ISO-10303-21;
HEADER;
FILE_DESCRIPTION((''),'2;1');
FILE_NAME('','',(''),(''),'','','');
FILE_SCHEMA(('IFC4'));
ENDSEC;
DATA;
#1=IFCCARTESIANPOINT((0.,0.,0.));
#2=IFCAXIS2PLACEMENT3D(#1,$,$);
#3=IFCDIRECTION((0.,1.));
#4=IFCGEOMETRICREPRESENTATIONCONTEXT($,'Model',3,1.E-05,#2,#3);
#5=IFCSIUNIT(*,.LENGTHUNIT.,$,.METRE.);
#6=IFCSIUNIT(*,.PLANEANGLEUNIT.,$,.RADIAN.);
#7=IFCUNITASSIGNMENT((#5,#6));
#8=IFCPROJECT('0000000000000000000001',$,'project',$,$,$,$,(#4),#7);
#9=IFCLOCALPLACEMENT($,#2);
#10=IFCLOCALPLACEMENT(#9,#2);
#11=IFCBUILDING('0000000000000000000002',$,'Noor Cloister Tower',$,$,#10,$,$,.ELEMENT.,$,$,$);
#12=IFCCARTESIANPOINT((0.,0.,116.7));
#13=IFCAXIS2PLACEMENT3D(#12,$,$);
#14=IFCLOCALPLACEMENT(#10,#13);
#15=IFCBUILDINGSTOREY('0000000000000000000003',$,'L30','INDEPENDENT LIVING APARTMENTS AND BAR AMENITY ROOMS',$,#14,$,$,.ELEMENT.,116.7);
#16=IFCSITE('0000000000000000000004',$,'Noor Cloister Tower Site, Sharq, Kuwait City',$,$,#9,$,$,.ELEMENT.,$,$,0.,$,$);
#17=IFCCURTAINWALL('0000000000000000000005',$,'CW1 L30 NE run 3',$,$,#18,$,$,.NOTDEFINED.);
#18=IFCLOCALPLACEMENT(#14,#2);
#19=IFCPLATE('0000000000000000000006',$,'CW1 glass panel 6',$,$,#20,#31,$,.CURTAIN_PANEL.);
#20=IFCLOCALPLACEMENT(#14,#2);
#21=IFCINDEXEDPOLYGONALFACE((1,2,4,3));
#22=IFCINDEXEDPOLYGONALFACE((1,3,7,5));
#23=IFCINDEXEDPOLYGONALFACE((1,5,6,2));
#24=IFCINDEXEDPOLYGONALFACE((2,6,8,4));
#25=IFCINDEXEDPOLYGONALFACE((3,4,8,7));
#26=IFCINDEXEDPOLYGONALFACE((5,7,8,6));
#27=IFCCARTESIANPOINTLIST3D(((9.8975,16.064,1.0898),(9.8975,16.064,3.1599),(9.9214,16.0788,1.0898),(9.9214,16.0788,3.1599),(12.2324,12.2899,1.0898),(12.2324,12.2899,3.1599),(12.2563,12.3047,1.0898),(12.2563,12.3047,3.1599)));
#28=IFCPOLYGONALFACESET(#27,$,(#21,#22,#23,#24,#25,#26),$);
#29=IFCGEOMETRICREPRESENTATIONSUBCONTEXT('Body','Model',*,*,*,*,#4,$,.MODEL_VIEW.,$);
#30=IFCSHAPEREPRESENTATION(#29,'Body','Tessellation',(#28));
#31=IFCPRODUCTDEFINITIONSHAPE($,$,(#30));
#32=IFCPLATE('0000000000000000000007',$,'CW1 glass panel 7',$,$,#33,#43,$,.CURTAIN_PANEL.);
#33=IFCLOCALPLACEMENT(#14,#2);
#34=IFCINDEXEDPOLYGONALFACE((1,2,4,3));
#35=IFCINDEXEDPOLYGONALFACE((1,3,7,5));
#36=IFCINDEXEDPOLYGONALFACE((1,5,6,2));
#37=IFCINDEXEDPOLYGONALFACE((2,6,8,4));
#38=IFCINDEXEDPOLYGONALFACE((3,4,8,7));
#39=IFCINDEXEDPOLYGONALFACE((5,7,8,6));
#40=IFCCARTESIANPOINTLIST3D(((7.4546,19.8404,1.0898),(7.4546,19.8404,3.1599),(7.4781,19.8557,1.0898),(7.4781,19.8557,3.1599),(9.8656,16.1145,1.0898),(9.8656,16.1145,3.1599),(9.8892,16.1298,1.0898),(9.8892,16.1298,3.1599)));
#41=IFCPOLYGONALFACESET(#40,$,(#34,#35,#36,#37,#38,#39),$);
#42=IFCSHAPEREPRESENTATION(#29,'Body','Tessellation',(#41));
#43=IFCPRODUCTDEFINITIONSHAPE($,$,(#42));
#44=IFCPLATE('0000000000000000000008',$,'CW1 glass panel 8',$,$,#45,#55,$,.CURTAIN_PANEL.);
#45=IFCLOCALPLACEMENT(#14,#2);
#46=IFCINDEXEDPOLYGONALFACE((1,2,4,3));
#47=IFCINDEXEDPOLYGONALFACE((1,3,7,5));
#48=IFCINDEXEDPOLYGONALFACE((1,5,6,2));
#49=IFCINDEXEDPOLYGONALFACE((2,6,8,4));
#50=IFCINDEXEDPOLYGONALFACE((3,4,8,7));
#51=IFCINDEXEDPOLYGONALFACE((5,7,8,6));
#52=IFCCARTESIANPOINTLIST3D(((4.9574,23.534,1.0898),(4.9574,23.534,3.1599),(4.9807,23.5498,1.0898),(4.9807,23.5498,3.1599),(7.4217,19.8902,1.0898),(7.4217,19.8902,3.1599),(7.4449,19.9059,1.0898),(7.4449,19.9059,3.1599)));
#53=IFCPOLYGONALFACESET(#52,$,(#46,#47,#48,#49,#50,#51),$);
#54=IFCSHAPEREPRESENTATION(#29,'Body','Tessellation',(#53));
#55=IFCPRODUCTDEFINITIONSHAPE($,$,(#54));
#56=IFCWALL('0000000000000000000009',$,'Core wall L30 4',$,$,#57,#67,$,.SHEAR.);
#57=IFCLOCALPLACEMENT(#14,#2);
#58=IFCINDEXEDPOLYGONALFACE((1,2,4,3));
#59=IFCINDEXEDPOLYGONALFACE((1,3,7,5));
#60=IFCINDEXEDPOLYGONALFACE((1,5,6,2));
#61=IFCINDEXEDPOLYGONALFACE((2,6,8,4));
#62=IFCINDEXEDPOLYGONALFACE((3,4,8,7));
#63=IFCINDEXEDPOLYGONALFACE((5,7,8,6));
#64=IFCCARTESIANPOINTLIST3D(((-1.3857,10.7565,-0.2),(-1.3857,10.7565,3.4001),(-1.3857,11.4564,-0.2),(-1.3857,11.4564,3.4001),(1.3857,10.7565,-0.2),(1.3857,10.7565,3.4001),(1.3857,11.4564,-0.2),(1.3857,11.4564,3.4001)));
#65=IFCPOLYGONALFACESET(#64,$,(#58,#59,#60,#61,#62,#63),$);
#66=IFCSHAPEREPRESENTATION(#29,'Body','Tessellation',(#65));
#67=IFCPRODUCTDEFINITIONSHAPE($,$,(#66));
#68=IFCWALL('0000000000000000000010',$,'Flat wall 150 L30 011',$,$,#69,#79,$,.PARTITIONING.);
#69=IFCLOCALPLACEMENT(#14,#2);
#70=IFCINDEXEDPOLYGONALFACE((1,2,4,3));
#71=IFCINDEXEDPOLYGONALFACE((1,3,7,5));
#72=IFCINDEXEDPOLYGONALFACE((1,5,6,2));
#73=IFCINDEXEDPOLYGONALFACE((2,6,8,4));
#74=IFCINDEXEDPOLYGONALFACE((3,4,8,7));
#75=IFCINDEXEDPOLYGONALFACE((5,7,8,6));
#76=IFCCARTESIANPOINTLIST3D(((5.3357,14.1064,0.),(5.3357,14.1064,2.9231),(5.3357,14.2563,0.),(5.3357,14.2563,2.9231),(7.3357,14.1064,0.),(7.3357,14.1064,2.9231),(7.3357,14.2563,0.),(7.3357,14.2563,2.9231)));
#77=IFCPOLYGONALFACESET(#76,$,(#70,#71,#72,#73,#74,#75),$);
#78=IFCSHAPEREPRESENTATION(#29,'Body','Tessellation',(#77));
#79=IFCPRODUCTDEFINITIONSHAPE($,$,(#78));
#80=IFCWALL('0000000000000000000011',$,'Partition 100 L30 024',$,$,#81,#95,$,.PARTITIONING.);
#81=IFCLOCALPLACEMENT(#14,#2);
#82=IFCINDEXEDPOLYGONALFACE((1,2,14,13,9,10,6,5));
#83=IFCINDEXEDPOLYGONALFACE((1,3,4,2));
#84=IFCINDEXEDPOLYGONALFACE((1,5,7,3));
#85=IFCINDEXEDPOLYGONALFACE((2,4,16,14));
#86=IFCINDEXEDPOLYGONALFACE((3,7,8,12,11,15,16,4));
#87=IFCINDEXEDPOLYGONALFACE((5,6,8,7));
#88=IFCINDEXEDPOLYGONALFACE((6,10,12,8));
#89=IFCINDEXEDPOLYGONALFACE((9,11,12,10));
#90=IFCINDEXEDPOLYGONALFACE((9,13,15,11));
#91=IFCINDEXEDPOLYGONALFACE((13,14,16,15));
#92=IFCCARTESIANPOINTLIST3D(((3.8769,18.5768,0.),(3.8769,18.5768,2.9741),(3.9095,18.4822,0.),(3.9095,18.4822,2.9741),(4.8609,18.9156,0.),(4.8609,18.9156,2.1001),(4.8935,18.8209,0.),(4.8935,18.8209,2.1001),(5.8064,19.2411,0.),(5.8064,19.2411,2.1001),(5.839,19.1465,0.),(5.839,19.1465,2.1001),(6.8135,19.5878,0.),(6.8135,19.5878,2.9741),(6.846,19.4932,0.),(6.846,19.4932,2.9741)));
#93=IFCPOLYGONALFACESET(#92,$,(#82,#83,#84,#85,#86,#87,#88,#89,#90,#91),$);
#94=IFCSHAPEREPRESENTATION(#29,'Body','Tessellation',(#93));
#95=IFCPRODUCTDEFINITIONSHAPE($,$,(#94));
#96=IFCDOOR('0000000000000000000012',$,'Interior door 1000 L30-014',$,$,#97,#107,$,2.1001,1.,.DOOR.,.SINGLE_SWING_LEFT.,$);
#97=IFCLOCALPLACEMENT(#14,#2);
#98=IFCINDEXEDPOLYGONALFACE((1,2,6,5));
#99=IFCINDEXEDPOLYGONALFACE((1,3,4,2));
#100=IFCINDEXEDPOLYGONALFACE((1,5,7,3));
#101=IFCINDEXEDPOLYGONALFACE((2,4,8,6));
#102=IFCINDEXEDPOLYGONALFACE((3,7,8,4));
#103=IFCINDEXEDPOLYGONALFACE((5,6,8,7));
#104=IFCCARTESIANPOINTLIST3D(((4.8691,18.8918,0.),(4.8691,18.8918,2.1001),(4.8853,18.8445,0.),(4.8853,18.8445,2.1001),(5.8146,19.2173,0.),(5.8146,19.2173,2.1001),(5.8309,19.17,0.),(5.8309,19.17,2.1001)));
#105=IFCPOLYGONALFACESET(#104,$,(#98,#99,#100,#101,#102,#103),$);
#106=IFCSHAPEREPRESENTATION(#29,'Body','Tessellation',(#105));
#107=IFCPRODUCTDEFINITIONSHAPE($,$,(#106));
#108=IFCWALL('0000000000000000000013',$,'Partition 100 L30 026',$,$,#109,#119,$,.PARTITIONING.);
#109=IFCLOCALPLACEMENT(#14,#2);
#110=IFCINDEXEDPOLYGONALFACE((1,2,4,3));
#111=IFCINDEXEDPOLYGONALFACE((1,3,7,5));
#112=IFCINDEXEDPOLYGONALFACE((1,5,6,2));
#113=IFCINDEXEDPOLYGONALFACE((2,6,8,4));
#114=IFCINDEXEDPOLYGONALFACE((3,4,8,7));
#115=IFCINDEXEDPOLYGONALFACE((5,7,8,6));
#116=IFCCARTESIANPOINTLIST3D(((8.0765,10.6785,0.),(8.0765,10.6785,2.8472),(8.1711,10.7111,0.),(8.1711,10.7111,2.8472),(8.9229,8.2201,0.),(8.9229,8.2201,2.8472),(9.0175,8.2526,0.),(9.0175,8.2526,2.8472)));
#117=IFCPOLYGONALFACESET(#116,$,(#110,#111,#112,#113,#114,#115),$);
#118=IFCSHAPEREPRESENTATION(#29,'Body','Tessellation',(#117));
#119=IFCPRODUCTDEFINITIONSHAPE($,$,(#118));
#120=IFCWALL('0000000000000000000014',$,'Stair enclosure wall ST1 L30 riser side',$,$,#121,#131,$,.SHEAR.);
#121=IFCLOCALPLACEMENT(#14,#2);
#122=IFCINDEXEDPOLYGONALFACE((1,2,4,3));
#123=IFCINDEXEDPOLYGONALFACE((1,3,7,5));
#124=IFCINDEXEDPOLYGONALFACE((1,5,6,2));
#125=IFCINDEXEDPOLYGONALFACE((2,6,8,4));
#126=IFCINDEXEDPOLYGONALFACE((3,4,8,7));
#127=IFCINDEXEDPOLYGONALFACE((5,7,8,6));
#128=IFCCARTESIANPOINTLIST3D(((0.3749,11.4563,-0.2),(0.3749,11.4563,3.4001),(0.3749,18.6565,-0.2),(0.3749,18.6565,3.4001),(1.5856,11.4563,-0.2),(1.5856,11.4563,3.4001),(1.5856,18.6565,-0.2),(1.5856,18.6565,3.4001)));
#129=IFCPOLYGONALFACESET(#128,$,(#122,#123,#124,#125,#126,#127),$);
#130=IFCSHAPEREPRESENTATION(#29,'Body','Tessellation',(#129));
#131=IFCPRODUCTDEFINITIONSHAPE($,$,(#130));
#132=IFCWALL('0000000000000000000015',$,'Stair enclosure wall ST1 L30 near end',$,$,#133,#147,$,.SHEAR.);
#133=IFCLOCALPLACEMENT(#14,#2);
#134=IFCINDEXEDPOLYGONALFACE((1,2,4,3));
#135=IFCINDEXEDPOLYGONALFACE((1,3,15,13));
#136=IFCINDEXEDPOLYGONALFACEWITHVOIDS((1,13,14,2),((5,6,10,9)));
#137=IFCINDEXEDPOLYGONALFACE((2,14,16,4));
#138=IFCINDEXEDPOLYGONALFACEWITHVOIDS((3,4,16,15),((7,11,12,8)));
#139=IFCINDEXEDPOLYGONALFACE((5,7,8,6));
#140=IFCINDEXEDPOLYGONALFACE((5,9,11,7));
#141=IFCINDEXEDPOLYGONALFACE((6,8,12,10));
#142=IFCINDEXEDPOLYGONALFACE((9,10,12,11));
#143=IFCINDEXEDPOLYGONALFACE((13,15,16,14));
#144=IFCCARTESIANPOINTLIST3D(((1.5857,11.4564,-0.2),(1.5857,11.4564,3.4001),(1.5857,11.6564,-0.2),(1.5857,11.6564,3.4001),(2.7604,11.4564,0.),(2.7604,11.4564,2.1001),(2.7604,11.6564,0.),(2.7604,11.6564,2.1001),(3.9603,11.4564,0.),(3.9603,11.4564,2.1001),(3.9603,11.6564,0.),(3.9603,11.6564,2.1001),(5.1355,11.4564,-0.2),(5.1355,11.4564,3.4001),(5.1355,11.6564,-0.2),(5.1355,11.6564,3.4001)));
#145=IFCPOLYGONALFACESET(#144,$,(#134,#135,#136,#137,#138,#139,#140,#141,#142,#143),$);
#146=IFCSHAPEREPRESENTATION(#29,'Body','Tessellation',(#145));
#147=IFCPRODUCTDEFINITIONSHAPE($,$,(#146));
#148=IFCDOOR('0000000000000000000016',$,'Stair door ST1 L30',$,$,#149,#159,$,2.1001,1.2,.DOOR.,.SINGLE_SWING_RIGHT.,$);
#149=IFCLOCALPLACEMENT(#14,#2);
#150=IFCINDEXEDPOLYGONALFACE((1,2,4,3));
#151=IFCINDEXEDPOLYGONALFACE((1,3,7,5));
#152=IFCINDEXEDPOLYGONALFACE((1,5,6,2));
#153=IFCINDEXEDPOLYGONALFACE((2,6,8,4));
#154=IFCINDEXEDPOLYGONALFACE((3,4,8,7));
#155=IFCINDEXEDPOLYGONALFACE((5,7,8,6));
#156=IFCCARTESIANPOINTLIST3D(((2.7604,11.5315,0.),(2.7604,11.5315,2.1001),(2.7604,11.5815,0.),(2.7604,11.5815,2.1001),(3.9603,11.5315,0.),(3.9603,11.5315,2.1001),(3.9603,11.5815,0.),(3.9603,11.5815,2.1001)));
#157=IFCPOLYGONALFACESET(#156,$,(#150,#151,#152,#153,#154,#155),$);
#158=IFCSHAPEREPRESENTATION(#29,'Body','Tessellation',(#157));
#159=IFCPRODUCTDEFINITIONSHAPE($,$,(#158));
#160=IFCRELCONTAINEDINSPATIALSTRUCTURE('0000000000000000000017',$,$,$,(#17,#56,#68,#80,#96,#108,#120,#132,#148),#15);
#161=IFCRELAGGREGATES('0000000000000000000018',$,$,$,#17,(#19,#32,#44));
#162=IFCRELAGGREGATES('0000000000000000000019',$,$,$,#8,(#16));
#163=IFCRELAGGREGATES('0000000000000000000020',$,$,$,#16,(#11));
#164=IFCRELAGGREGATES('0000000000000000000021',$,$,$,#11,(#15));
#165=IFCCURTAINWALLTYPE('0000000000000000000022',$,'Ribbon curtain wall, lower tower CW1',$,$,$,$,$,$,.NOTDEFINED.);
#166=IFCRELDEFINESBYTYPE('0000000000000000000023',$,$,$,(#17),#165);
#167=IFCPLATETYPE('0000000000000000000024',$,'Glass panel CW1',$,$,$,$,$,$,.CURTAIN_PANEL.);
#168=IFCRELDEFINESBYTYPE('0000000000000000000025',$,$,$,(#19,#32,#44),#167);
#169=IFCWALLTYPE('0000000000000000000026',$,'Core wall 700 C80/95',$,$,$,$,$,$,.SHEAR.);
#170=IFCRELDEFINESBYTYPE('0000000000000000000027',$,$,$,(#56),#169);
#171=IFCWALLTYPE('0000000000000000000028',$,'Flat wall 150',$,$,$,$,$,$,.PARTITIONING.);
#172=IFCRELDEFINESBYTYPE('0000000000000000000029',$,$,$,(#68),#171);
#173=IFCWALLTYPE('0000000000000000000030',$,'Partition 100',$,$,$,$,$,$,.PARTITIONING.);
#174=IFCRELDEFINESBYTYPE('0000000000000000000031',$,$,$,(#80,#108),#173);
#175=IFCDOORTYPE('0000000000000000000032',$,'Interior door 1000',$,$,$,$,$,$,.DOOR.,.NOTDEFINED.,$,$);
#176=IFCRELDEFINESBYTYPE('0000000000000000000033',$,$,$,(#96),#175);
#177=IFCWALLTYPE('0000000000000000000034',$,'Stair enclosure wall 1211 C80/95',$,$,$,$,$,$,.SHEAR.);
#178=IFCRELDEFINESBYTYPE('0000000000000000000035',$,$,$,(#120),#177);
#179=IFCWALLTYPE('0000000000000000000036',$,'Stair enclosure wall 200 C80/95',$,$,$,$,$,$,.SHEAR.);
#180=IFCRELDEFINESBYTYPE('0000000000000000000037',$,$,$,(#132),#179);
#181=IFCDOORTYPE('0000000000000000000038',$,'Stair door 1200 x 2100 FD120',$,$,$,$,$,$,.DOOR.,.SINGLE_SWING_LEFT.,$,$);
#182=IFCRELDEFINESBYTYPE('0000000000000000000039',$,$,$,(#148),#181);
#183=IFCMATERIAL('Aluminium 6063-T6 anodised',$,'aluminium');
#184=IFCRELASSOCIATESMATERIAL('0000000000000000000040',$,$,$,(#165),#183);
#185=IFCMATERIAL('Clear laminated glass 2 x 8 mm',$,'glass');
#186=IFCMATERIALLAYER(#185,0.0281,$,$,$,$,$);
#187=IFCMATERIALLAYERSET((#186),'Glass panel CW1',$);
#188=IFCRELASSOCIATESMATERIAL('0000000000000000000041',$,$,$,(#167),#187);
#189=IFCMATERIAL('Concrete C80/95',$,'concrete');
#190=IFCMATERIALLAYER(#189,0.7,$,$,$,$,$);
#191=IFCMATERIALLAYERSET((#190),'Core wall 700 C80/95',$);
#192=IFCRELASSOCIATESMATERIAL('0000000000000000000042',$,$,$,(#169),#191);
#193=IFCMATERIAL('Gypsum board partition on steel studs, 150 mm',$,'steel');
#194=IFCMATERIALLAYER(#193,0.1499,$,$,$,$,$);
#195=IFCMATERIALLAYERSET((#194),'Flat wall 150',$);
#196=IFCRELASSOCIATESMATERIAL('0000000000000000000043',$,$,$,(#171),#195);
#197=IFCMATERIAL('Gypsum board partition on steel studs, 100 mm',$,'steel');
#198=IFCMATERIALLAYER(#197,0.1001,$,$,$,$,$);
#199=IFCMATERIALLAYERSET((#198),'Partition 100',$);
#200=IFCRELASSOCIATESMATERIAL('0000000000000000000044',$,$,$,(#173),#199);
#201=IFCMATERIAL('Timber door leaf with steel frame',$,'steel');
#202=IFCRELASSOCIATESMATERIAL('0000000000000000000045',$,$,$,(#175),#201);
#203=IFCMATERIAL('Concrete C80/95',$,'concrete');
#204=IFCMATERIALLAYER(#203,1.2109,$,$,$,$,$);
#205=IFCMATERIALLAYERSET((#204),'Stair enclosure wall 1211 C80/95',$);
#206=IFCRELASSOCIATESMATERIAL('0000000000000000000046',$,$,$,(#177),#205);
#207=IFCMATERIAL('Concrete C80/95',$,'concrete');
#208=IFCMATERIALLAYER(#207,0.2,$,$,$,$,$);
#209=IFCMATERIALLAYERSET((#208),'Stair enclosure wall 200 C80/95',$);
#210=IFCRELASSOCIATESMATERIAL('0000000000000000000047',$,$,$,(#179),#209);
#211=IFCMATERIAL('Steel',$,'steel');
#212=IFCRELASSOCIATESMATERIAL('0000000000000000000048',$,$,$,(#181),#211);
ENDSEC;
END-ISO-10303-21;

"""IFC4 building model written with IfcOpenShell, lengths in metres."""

from ifc_helpers import new_model, si_unit, direction, frame, frame_2d, origin, origin_2d, place, context, subcontext, project, spatial, rectangle, extrude, material, layer, layer_set, type_object, element, fill, aggregate, save


model = new_model("IFC4")

# Units and contexts
model_context = context("Model", 3, precision=1e-05, world=origin(), true_north=direction((0.0, 1.0)))
body_context = subcontext(model_context, "Body", "Model", "MODEL_VIEW")
ifc_project = project(units=[si_unit("LENGTHUNIT", "METRE"), si_unit("PLANEANGLEUNIT", "RADIAN")], contexts=[model_context])

# Site, building, storey
site_placement = place(None, origin())
site = spatial("IfcSite", under=ifc_project, at=site_placement, Name="Noor Cloister Tower Site, Sharq, Kuwait City", CompositionType="ELEMENT", RefElevation=0.0)
building_placement = place(site_placement, origin())
building = spatial("IfcBuilding", under=site, at=building_placement, Name="Noor Cloister Tower", CompositionType="ELEMENT")
storey_placement = place(building_placement, frame((0.0, 0.0, 116.7)))
storey = spatial("IfcBuildingStorey", under=building, at=storey_placement, Name="L30", Description="INDEPENDENT LIVING APARTMENTS AND BAR AMENITY ROOMS", CompositionType="ELEMENT", Elevation=116.7)

# Curtain wall
ifc_material_1 = material(Name="Aluminium 6063-T6 anodised", Category="aluminium")
curtain_wall_type = type_object("IfcCurtainWallType", Name="Ribbon curtain wall, lower tower CW1", PredefinedType="NOTDEFINED", material=ifc_material_1)
curtain_wall_placement = place(storey_placement, origin())
curtain_wall = element("IfcCurtainWall", 1, at=curtain_wall_placement, inside=storey, type_object=curtain_wall_type, Name="CW1 L30 NE run 3", PredefinedType="NOTDEFINED")

# Plates
ifc_material_2 = material(Name="Clear laminated glass 2 x 8 mm", Category="glass")
ifc_layer_1 = layer(ifc_material_2, 0.0281)
ifc_layer_set_1 = layer_set([ifc_layer_1], Name="Glass panel CW1")
plate_type = type_object("IfcPlateType", Name="Glass panel CW1", PredefinedType="CURTAIN_PANEL", material=ifc_layer_set_1)
plate_1_placement = place(storey_placement, frame((11.0769, 14.1843, 1.0898), z_axis=(0.0, 0.0, 1.0), x_axis=(-0.526128, 0.850405, 0.0)))
plate_1 = element("IfcPlate", 2, at=plate_1_placement, type_object=plate_type, Name="CW1 glass panel 6", PredefinedType="CURTAIN_PANEL", context=body_context, shape_type="SweptSolid", body=[
    extrude(rectangle(XDim=4.438, YDim=0.0281, at=origin_2d()), origin(), (0.0, 0.0, 1.0), 2.0701),
])
plate_2_placement = place(storey_placement, frame((8.6719, 17.9851, 1.0898), z_axis=(0.0, 0.0, 1.0), x_axis=(-0.543277, 0.839553, 0.0)))
plate_2 = element("IfcPlate", 3, at=plate_2_placement, type_object=plate_type, Name="CW1 glass panel 7", PredefinedType="CURTAIN_PANEL", context=body_context, shape_type="SweptSolid", body=[
    extrude(rectangle(XDim=4.438, YDim=0.0281, at=origin_2d()), origin(), (0.0, 0.0, 1.0), 2.0701),
])
plate_3_placement = place(storey_placement, frame((6.2012, 21.72, 1.0898), z_axis=(0.0, 0.0, 1.0), x_axis=(-0.560203, 0.828356, 0.0)))
plate_3 = element("IfcPlate", 4, at=plate_3_placement, type_object=plate_type, Name="CW1 glass panel 8", PredefinedType="CURTAIN_PANEL", context=body_context, shape_type="SweptSolid", body=[
    extrude(rectangle(XDim=4.3989, YDim=0.0281, at=origin_2d()), origin(), (0.0, 0.0, 1.0), 2.0701),
])
aggregate(curtain_wall, [plate_1, plate_2, plate_3])

# Walls
ifc_material_3 = material(Name="Concrete C80/95", Category="concrete")
ifc_layer_2 = layer(ifc_material_3, 0.7)
ifc_layer_set_2 = layer_set([ifc_layer_2], Name="Core wall 700 C80/95")
wall_type_1 = type_object("IfcWallType", Name="Core wall 700 C80/95", PredefinedType="SHEAR", material=ifc_layer_set_2)
wall_1_placement = place(storey_placement, frame((1.3857, 11.1064, -0.2), z_axis=(0.0, 0.0, 1.0), x_axis=(-1.0, 0.0, 0.0)))
element("IfcWall", 5, at=wall_1_placement, inside=storey, type_object=wall_type_1, Name="Core wall L30 4", PredefinedType="SHEAR", context=body_context, shape_type="SweptSolid", body=[
    extrude(rectangle(XDim=2.7715, YDim=0.7, at=frame_2d((1.3857, 0.0))), origin(), (0.0, 0.0, 1.0), 3.6001),
])
ifc_material_4 = material(Name="Gypsum board partition on steel studs, 150 mm", Category="steel")
ifc_layer_3 = layer(ifc_material_4, 0.1499)
ifc_layer_set_3 = layer_set([ifc_layer_3], Name="Flat wall 150")
wall_type_2 = type_object("IfcWallType", Name="Flat wall 150", PredefinedType="PARTITIONING", material=ifc_layer_set_3)
wall_2_placement = place(storey_placement, frame((5.3357, 14.1814, 0.0), z_axis=(0.0, 0.0, 1.0), x_axis=(1.0, 0.0, 0.0)))
element("IfcWall", 6, at=wall_2_placement, inside=storey, type_object=wall_type_2, Name="Flat wall 150 L30 011", PredefinedType="PARTITIONING", context=body_context, shape_type="SweptSolid", body=[
    extrude(rectangle(XDim=2.0, YDim=0.1499, at=frame_2d((1.0, 0.0))), origin(), (0.0, 0.0, 1.0), 2.9231),
])

# Wall, opening, door
ifc_material_5 = material(Name="Gypsum board partition on steel studs, 100 mm", Category="steel")
ifc_layer_4 = layer(ifc_material_5, 0.1001)
ifc_layer_set_4 = layer_set([ifc_layer_4], Name="Partition 100")
wall_type_3 = type_object("IfcWallType", Name="Partition 100", PredefinedType="PARTITIONING", material=ifc_layer_set_4)
wall_3_placement = place(storey_placement, frame((3.8933, 18.5295, 0.0), z_axis=(0.0, 0.0, 1.0), x_axis=(0.945532, 0.325528, 0.0)))
wall_3 = element("IfcWall", 7, at=wall_3_placement, inside=storey, type_object=wall_type_3, Name="Partition 100 L30 024", PredefinedType="PARTITIONING", context=body_context, shape_type="SweptSolid", body=[
    extrude(rectangle(XDim=3.1057, YDim=0.1001, at=frame_2d((1.5527, 0.0))), origin(), (0.0, 0.0, 1.0), 2.9741),
])
opening_1_placement = place(wall_3_placement, frame((1.0405, 0.0, 0.0)))
opening_1 = element("IfcOpeningElement", 8, at=opening_1_placement, cuts=wall_3, PredefinedType="OPENING", context=body_context, shape_type="SweptSolid", body=[
    extrude(rectangle(XDim=1.0, YDim=2.1001, at=frame_2d((0.5, 1.05))), frame((0.0, 0.0601, 0.0), z_axis=(0.0, -1.0, 0.0), x_axis=(1.0, 0.0, 0.0)), (0.0, 0.0, 1.0), 0.1201),
])
ifc_material_6 = material(Name="Timber door leaf with steel frame", Category="steel")
door_type_1 = type_object("IfcDoorType", Name="Interior door 1000", OperationType="NOTDEFINED", PredefinedType="DOOR", material=ifc_material_6)
door_1_placement = place(opening_1_placement, origin())
door_1 = element("IfcDoor", 9, at=door_1_placement, inside=storey, type_object=door_type_1, Name="Interior door 1000 L30-014", OperationType="SINGLE_SWING_LEFT", OverallHeight=2.1001, OverallWidth=1.0, PredefinedType="DOOR", context=body_context, shape_type="SweptSolid", body=[
    extrude(rectangle(XDim=1.0, YDim=2.1001, at=frame_2d((0.5, 1.05))), frame((0.0, 0.0249, 0.0), z_axis=(0.0, -1.0, 0.0), x_axis=(1.0, 0.0, 0.0)), (0.0, 0.0, 1.0), 0.05),
])
fill(opening_1, door_1)

# Walls
wall_4_placement = place(storey_placement, frame((8.1238, 10.6948, 0.0), z_axis=(0.0, 0.0, 1.0), x_axis=(0.325536, -0.94553, 0.0)))
element("IfcWall", 10, at=wall_4_placement, inside=storey, type_object=wall_type_3, Name="Partition 100 L30 026", PredefinedType="PARTITIONING", context=body_context, shape_type="SweptSolid", body=[
    extrude(rectangle(XDim=2.6001, YDim=0.1001, at=frame_2d((1.3, 0.0))), origin(), (0.0, 0.0, 1.0), 2.8472),
])
ifc_material_7 = material(Name="Concrete C80/95", Category="concrete")
ifc_layer_5 = layer(ifc_material_7, 1.2109)
ifc_layer_set_5 = layer_set([ifc_layer_5], Name="Stair enclosure wall 1211 C80/95")
wall_type_4 = type_object("IfcWallType", Name="Stair enclosure wall 1211 C80/95", PredefinedType="SHEAR", material=ifc_layer_set_5)
wall_5_placement = place(storey_placement, frame((0.9802, 11.4563, -0.2), z_axis=(0.0, 0.0, 1.0), x_axis=(0.0, 1.0, 0.0)))
element("IfcWall", 11, at=wall_5_placement, inside=storey, type_object=wall_type_4, Name="Stair enclosure wall ST1 L30 riser side", PredefinedType="SHEAR", context=body_context, shape_type="SweptSolid", body=[
    extrude(rectangle(XDim=7.2002, YDim=1.2107, at=frame_2d((3.6001, 0.0))), origin(), (0.0, 0.0, 1.0), 3.6001),
])

# Wall, opening, door
ifc_material_8 = material(Name="Concrete C80/95", Category="concrete")
ifc_layer_6 = layer(ifc_material_8, 0.2)
ifc_layer_set_6 = layer_set([ifc_layer_6], Name="Stair enclosure wall 200 C80/95")
wall_type_5 = type_object("IfcWallType", Name="Stair enclosure wall 200 C80/95", PredefinedType="SHEAR", material=ifc_layer_set_6)
wall_6_placement = place(storey_placement, frame((5.1355, 11.5564, -0.2), z_axis=(0.0, 0.0, 1.0), x_axis=(-1.0, 0.0, 0.0)))
wall_6 = element("IfcWall", 12, at=wall_6_placement, inside=storey, type_object=wall_type_5, Name="Stair enclosure wall ST1 L30 near end", PredefinedType="SHEAR", context=body_context, shape_type="SweptSolid", body=[
    extrude(rectangle(XDim=3.5498, YDim=0.2, at=frame_2d((1.7749, 0.0))), origin(), (0.0, 0.0, 1.0), 3.6001),
])
opening_2_placement = place(wall_6_placement, frame((1.175, 0.0, 0.2)))
opening_2 = element("IfcOpeningElement", 13, at=opening_2_placement, cuts=wall_6, PredefinedType="OPENING", context=body_context, shape_type="SweptSolid", body=[
    extrude(rectangle(XDim=1.2, YDim=2.1001, at=frame_2d((0.6001, 1.05))), frame((0.0, 0.1099, 0.0), z_axis=(0.0, -1.0, 0.0), x_axis=(1.0, 0.0, 0.0)), (0.0, 0.0, 1.0), 0.22),
])
ifc_material_9 = material(Name="Steel", Category="steel")
door_type_2 = type_object("IfcDoorType", Name="Stair door 1200 x 2100 FD120", OperationType="SINGLE_SWING_LEFT", PredefinedType="DOOR", material=ifc_material_9)
door_2_placement = place(opening_2_placement, origin())
door_2 = element("IfcDoor", 14, at=door_2_placement, inside=storey, type_object=door_type_2, Name="Stair door ST1 L30", OperationType="SINGLE_SWING_RIGHT", OverallHeight=2.1001, OverallWidth=1.2, PredefinedType="DOOR", context=body_context, shape_type="SweptSolid", body=[
    extrude(rectangle(XDim=1.2, YDim=2.1001, at=frame_2d((0.6001, 1.05))), frame((0.0, 0.0249, 0.0), z_axis=(0.0, -1.0, 0.0), x_axis=(1.0, 0.0, 0.0)), (0.0, 0.0, 1.0), 0.05),
])
fill(opening_2, door_2)

save(model, "model.ifc")
